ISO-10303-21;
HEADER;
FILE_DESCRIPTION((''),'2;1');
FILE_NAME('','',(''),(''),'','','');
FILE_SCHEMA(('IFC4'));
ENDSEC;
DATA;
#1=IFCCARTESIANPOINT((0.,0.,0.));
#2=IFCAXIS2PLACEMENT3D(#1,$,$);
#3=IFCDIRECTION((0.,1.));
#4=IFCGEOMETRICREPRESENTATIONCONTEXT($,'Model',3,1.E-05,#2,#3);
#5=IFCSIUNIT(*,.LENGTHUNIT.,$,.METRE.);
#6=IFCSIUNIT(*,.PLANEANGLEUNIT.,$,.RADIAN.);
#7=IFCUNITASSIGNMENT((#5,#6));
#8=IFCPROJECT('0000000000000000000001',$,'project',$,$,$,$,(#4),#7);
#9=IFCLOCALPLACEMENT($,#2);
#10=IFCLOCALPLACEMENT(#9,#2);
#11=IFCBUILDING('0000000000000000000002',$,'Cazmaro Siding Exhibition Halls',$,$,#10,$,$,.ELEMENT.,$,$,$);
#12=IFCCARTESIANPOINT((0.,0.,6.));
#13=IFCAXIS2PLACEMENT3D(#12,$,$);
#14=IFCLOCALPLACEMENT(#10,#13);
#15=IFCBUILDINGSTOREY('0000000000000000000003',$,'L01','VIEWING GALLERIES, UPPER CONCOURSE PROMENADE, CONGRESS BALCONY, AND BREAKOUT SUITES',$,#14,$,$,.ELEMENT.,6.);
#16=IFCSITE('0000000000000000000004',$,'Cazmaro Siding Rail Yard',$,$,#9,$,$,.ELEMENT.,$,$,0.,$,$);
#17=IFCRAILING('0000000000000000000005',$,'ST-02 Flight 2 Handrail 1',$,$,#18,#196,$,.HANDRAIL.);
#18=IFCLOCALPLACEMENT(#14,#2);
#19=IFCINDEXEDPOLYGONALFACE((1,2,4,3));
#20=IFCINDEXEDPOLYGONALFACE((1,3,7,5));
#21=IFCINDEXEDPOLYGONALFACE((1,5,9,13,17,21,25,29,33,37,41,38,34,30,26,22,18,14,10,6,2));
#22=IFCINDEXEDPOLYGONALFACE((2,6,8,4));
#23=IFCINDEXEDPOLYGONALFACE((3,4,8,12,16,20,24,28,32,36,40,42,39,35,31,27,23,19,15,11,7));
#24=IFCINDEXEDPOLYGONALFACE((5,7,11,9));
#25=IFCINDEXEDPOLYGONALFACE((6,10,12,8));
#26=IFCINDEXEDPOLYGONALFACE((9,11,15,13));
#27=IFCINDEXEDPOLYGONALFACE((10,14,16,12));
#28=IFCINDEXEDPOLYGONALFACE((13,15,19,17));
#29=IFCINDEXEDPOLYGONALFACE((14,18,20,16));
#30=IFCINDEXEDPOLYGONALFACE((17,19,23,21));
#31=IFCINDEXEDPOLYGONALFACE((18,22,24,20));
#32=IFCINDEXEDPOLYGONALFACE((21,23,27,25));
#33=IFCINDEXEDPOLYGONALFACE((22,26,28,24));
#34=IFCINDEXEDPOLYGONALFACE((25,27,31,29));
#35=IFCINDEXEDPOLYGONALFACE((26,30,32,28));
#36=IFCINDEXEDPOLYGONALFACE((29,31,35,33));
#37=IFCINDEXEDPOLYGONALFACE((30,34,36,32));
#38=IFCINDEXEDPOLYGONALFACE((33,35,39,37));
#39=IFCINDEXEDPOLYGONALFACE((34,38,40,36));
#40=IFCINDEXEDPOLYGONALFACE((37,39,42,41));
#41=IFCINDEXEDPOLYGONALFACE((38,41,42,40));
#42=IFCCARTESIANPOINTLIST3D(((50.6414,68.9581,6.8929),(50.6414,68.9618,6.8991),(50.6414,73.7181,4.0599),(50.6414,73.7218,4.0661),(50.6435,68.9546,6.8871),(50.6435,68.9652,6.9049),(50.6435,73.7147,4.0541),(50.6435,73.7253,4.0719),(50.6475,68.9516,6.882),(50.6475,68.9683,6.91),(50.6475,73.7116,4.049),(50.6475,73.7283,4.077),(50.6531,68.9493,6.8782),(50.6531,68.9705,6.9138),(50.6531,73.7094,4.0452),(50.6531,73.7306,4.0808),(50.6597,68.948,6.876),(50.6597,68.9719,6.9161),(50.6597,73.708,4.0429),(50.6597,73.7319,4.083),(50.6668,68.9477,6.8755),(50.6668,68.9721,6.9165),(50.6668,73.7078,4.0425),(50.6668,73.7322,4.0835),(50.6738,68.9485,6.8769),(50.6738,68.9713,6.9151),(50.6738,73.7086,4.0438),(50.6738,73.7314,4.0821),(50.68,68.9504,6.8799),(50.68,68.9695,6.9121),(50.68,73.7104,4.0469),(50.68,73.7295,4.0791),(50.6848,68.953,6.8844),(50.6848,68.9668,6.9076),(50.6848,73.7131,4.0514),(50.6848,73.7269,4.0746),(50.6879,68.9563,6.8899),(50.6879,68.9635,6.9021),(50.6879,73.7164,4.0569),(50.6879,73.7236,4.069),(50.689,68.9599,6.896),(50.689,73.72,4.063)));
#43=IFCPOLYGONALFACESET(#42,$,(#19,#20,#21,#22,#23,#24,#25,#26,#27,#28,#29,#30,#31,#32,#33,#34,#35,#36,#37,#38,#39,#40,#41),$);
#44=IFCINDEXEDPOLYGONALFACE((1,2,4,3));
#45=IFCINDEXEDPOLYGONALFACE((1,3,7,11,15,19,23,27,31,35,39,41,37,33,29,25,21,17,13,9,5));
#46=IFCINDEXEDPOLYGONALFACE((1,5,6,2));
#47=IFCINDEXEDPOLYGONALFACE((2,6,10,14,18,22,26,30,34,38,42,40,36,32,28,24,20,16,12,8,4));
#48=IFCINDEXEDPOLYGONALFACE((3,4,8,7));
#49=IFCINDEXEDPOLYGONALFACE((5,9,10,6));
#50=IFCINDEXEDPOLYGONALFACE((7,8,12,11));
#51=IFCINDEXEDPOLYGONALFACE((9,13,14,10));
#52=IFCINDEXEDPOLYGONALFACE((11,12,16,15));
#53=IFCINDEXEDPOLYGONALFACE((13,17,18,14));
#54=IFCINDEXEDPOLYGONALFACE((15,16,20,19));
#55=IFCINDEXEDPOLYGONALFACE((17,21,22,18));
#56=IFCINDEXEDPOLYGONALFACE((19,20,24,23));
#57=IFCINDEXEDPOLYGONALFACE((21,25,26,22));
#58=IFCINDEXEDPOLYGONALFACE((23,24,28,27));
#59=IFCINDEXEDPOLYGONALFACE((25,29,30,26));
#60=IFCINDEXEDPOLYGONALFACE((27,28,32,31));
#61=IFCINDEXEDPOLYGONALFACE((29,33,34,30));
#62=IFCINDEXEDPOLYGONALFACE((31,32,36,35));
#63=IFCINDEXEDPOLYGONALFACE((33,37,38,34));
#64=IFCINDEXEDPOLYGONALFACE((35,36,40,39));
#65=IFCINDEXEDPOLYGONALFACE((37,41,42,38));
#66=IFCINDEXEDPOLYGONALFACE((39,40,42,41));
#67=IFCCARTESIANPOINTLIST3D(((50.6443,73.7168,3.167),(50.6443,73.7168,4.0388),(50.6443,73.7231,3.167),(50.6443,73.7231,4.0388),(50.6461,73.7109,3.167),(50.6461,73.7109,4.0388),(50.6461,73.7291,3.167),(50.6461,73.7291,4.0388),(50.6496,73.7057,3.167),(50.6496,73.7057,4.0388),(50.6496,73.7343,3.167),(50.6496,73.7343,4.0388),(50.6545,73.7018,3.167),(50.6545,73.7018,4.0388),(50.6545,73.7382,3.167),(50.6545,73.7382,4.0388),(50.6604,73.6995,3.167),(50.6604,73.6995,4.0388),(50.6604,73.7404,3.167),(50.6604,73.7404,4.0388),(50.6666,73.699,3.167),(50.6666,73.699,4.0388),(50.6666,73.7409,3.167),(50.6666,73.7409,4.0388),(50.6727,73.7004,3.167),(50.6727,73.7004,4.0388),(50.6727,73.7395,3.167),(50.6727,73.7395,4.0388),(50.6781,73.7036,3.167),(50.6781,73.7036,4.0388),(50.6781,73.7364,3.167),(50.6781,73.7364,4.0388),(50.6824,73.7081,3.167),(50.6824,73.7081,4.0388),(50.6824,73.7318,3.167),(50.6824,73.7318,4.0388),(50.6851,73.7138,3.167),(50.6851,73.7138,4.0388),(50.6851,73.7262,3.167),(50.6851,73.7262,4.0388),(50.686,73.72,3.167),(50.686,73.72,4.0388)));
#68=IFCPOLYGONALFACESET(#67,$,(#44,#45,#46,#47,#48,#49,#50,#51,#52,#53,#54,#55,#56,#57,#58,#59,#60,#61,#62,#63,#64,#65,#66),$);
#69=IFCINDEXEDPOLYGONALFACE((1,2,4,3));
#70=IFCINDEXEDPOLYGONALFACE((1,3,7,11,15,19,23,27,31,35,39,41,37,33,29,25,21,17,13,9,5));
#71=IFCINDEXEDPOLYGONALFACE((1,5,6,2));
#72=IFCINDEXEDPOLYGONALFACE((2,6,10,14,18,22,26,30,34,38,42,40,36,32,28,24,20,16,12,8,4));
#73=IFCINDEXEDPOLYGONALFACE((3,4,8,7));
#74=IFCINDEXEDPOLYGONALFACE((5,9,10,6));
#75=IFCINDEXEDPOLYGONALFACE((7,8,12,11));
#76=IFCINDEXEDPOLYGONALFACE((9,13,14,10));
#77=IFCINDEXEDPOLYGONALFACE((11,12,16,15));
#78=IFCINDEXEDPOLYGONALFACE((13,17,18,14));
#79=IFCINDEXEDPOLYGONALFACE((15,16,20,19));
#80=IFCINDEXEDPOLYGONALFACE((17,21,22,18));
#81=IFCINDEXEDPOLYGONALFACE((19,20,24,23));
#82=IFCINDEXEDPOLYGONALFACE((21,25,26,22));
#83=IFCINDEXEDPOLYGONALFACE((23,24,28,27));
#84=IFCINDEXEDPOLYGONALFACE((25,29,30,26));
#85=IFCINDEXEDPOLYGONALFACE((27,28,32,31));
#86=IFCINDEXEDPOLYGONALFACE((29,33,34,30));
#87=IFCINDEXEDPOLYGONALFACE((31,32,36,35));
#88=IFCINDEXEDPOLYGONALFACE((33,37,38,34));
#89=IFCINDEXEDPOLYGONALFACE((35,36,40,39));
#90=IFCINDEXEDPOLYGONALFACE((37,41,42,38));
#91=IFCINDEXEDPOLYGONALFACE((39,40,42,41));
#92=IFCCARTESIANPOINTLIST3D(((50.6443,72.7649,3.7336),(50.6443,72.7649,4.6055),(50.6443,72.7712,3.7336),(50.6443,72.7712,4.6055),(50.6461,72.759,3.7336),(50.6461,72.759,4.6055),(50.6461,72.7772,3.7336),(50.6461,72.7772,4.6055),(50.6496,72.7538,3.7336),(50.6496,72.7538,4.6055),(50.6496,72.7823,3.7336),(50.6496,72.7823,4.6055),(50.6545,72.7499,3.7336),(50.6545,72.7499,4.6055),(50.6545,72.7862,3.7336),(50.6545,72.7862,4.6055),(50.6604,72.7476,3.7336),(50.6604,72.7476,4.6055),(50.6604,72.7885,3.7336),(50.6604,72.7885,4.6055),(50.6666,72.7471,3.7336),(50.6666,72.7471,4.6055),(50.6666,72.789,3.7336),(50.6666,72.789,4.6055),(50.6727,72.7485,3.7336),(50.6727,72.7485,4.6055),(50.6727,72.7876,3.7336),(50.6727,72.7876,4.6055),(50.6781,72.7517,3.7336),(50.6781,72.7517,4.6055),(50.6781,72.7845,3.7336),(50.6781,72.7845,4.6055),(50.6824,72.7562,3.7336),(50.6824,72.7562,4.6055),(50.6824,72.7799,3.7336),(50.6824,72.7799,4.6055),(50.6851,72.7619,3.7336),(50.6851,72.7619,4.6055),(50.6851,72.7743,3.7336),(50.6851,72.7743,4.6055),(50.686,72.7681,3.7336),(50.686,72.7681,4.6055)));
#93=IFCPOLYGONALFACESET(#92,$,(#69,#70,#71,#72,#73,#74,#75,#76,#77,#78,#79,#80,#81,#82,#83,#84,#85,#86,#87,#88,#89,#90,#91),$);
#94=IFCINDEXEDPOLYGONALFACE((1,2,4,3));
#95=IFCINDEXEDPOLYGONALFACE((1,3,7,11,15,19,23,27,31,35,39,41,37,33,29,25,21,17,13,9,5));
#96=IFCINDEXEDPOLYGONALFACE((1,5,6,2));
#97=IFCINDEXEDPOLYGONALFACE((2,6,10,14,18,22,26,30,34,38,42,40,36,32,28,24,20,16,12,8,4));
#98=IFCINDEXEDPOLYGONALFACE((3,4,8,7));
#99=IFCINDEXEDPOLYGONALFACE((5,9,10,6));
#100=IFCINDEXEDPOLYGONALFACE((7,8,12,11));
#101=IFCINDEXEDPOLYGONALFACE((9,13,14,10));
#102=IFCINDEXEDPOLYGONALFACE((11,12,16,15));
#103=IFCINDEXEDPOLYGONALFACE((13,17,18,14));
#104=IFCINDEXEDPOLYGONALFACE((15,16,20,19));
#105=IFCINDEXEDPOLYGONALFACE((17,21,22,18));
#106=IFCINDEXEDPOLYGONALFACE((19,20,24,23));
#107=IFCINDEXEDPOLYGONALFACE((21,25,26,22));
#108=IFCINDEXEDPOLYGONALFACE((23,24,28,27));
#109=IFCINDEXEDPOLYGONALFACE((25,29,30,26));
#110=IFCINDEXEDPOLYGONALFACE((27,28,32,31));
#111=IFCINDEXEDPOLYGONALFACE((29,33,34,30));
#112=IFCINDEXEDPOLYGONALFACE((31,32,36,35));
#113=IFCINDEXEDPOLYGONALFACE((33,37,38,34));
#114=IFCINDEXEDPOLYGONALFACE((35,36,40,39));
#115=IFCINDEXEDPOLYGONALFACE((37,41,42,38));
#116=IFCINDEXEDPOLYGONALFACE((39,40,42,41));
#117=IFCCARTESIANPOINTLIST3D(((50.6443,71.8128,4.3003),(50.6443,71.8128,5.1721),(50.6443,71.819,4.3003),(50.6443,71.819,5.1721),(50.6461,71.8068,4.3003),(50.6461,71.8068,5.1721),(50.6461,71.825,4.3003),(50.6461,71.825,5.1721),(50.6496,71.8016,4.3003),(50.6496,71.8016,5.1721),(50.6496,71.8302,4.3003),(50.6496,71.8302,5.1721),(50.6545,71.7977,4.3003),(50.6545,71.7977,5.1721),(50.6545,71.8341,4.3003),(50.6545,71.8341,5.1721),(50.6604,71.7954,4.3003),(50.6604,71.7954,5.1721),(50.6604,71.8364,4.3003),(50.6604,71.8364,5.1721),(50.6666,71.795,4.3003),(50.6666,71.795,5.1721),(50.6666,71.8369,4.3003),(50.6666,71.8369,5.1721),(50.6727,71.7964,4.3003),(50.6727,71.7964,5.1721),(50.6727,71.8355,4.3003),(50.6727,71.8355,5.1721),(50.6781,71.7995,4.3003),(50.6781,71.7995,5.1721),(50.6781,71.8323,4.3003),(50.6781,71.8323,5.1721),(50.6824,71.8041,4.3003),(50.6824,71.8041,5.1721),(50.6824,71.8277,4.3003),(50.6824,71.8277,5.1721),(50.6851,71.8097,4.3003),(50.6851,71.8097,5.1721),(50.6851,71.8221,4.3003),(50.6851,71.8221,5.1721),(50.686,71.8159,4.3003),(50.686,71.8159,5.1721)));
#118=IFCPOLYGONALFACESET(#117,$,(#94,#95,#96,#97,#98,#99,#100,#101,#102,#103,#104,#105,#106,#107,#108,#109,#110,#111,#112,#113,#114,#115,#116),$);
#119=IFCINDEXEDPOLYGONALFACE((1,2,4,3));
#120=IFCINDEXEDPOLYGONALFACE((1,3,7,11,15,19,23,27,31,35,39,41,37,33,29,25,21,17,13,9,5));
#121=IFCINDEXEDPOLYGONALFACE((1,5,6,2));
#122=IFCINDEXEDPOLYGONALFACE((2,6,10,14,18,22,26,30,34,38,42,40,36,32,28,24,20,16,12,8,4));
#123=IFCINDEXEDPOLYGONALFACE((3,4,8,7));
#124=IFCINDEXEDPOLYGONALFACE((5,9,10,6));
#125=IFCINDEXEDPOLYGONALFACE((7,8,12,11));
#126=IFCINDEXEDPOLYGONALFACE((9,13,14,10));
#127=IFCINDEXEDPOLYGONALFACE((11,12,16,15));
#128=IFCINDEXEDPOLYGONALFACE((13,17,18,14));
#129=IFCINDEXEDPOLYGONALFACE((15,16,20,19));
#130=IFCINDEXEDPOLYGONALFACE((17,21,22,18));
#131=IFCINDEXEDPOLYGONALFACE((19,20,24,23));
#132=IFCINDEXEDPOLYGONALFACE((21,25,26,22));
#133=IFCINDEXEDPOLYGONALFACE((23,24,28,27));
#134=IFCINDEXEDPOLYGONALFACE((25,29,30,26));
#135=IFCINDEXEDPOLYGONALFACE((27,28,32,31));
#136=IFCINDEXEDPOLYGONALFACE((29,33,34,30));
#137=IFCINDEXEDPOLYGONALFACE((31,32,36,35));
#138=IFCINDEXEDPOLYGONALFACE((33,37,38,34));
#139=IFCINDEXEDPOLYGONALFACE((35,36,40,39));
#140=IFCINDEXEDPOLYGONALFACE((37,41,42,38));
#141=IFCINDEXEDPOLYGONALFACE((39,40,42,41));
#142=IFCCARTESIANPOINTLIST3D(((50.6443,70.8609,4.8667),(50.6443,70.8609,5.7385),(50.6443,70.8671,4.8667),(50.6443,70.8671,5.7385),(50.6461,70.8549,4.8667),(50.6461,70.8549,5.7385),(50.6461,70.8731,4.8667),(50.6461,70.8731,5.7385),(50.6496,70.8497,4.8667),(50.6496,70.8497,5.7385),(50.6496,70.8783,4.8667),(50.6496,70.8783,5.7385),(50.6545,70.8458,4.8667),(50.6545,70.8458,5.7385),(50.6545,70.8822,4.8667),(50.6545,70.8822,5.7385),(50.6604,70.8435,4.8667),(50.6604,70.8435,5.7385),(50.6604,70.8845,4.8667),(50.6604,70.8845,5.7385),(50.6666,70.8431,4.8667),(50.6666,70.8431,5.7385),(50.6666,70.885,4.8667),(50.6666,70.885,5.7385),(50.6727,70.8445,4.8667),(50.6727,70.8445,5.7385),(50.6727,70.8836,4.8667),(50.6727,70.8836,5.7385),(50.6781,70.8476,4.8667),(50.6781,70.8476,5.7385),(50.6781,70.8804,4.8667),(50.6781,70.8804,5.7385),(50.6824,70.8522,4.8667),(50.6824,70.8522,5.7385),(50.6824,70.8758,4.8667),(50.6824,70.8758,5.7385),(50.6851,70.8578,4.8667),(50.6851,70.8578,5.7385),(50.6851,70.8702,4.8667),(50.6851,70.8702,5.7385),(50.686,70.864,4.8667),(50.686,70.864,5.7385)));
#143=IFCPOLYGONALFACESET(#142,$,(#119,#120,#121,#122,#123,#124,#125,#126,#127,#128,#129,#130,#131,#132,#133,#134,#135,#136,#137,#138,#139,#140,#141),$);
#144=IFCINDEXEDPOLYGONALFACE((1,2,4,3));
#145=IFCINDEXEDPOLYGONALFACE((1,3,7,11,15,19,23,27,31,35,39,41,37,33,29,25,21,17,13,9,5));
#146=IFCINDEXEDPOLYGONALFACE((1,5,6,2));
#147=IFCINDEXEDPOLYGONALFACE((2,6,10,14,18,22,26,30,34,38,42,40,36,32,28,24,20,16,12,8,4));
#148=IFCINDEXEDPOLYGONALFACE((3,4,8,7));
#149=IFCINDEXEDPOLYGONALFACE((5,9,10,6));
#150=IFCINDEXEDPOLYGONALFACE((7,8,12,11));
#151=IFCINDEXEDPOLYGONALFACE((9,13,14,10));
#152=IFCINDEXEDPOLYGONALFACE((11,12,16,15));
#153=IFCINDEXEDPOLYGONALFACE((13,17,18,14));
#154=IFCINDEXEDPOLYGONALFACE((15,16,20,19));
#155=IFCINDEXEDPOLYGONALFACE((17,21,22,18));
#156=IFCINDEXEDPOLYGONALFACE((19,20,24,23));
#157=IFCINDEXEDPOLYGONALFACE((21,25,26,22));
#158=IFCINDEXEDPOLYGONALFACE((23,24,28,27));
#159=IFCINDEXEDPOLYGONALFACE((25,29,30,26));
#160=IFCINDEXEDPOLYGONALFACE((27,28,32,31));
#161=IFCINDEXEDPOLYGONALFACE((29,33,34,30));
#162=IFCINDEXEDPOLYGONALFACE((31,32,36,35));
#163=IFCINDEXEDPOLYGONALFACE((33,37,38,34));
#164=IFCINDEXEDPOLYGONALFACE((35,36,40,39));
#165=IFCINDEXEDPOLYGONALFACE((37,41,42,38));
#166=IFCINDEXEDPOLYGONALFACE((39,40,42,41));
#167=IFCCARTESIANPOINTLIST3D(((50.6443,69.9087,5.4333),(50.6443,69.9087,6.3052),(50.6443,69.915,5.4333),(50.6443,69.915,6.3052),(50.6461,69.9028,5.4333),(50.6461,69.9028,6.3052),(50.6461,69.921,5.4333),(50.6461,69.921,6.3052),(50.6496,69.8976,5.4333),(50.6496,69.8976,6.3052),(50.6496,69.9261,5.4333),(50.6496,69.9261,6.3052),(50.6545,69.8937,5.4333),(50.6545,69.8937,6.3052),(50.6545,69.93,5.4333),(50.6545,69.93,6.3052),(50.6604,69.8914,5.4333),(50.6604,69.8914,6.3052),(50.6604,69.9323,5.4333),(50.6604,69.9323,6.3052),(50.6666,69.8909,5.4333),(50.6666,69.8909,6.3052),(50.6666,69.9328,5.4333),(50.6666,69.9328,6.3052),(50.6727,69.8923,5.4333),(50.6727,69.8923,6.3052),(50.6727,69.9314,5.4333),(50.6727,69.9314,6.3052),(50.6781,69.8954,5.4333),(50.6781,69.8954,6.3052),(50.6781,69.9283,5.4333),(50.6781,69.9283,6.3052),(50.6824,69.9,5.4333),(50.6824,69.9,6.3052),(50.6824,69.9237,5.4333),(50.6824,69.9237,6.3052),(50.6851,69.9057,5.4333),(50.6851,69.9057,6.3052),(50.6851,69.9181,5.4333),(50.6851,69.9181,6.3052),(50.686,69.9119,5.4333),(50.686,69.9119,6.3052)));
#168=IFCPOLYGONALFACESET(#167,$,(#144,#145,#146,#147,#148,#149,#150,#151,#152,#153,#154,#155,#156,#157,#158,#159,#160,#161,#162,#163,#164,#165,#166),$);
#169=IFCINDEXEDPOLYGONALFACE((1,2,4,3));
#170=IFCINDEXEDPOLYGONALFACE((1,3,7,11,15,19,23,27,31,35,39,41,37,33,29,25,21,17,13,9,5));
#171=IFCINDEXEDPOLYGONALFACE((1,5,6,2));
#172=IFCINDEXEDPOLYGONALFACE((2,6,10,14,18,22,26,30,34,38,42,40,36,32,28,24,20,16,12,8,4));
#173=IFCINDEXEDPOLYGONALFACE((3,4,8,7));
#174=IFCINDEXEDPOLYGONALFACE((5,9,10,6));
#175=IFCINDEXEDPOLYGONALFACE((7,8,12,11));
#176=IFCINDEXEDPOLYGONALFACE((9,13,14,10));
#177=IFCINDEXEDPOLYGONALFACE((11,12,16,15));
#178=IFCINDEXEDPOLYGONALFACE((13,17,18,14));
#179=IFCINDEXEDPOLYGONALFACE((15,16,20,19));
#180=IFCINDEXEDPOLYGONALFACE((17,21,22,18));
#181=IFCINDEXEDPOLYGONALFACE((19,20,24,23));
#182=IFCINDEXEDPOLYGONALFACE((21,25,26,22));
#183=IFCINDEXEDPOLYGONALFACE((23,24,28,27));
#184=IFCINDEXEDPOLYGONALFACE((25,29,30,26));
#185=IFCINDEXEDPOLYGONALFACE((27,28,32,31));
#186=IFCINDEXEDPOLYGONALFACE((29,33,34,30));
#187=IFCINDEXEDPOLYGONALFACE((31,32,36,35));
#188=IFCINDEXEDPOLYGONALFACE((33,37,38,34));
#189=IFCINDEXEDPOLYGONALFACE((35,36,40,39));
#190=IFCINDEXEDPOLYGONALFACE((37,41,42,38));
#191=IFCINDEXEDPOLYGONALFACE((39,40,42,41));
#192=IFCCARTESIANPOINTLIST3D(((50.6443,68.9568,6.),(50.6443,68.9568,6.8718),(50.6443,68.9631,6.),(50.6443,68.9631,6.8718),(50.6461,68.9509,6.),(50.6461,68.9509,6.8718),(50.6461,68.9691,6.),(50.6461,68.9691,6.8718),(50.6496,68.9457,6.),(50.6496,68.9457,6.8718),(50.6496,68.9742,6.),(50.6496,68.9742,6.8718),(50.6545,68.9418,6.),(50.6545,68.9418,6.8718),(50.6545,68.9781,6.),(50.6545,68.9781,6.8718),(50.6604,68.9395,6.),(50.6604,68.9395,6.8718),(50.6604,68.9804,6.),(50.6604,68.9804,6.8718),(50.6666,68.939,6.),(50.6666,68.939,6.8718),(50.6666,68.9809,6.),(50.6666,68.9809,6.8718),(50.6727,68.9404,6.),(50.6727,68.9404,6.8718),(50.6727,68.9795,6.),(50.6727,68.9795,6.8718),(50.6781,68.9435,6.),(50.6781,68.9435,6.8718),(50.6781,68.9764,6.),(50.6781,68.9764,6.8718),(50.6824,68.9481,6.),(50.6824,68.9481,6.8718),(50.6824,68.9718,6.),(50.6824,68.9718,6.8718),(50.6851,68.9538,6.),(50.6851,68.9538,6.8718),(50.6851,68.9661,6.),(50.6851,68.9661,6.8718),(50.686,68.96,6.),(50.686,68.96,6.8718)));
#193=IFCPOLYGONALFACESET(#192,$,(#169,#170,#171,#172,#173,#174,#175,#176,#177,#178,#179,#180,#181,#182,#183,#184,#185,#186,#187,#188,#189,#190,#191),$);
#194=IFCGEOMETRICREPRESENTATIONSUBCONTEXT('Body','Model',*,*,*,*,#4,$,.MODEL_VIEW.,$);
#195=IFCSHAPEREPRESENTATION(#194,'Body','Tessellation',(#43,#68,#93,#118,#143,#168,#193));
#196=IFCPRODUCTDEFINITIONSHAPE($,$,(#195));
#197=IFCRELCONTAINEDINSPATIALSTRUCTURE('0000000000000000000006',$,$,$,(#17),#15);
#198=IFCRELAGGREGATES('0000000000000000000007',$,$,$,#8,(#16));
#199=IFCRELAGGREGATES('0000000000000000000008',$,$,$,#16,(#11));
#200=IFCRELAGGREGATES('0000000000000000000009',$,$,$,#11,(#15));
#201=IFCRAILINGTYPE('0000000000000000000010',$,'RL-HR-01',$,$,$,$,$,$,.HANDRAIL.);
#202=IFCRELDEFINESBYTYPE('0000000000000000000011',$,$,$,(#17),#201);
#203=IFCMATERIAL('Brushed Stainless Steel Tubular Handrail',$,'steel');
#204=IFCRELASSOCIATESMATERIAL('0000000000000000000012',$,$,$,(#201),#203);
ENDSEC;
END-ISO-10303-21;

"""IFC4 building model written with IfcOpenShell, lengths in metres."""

from ifc_helpers import new_model, si_unit, direction, frame, origin, origin_2d, place, context, subcontext, project, spatial, circle, extrude, material, type_object, element, save


model = new_model("IFC4")

# Units and contexts
model_context = context("Model", 3, precision=1e-05, world=origin(), true_north=direction((0.0, 1.0)))
body_context = subcontext(model_context, "Body", "Model", "MODEL_VIEW")
ifc_project = project(units=[si_unit("LENGTHUNIT", "METRE"), si_unit("PLANEANGLEUNIT", "RADIAN")], contexts=[model_context])

# Site, building, storey
site_placement = place(None, origin())
site = spatial("IfcSite", under=ifc_project, at=site_placement, Name="Cazmaro Siding Rail Yard", CompositionType="ELEMENT", RefElevation=0.0)
building_placement = place(site_placement, origin())
building = spatial("IfcBuilding", under=site, at=building_placement, Name="Cazmaro Siding Exhibition Halls", CompositionType="ELEMENT")
storey_placement = place(building_placement, frame((0.0, 0.0, 6.0)))
storey = spatial("IfcBuildingStorey", under=building, at=storey_placement, Name="L01", Description="VIEWING GALLERIES, UPPER CONCOURSE PROMENADE, CONGRESS BALCONY, AND BREAKOUT SUITES", CompositionType="ELEMENT", Elevation=6.0)

# Railing
ifc_material_1 = material(Name="Brushed Stainless Steel Tubular Handrail", Category="steel")
railing_type_1 = type_object("IfcRailingType", Name="RL-HR-01", PredefinedType="HANDRAIL", material=ifc_material_1)
railing_1_placement = place(storey_placement, frame((50.665, 73.72, 3.167)))
element("IfcRailing", 1, at=railing_1_placement, inside=storey, type_object=railing_type_1, Name="ST-02 Flight 2 Handrail 1", PredefinedType="HANDRAIL", context=body_context, shape_type="SweptSolid", body=[
    extrude(circle(Radius=0.0239, at=origin_2d()), frame((0.0, 0.0, 0.896), z_axis=(0.0, -0.859319, 0.51144), x_axis=(1.0, 0.0, 0.0)), (0.0, 0.0, 1.0), 5.5393),
    extrude(circle(Radius=0.021, at=origin_2d()), origin(), (0.0, 0.0, 1.0), 0.8718),
    extrude(circle(Radius=0.021, at=origin_2d()), frame((0.0, -0.9519, 0.5667)), (0.0, 0.0, 1.0), 0.8718),
    extrude(circle(Radius=0.021, at=origin_2d()), frame((0.0, -1.9041, 1.1333)), (0.0, 0.0, 1.0), 0.8718),
    extrude(circle(Radius=0.021, at=origin_2d()), frame((0.0, -2.856, 1.6997)), (0.0, 0.0, 1.0), 0.8718),
    extrude(circle(Radius=0.021, at=origin_2d()), frame((0.0, -3.8081, 2.2664)), (0.0, 0.0, 1.0), 0.8718),
    extrude(circle(Radius=0.021, at=origin_2d()), frame((0.0, -4.76, 2.833)), (0.0, 0.0, 1.0), 0.8718),
])

save(model, "model.ifc")
